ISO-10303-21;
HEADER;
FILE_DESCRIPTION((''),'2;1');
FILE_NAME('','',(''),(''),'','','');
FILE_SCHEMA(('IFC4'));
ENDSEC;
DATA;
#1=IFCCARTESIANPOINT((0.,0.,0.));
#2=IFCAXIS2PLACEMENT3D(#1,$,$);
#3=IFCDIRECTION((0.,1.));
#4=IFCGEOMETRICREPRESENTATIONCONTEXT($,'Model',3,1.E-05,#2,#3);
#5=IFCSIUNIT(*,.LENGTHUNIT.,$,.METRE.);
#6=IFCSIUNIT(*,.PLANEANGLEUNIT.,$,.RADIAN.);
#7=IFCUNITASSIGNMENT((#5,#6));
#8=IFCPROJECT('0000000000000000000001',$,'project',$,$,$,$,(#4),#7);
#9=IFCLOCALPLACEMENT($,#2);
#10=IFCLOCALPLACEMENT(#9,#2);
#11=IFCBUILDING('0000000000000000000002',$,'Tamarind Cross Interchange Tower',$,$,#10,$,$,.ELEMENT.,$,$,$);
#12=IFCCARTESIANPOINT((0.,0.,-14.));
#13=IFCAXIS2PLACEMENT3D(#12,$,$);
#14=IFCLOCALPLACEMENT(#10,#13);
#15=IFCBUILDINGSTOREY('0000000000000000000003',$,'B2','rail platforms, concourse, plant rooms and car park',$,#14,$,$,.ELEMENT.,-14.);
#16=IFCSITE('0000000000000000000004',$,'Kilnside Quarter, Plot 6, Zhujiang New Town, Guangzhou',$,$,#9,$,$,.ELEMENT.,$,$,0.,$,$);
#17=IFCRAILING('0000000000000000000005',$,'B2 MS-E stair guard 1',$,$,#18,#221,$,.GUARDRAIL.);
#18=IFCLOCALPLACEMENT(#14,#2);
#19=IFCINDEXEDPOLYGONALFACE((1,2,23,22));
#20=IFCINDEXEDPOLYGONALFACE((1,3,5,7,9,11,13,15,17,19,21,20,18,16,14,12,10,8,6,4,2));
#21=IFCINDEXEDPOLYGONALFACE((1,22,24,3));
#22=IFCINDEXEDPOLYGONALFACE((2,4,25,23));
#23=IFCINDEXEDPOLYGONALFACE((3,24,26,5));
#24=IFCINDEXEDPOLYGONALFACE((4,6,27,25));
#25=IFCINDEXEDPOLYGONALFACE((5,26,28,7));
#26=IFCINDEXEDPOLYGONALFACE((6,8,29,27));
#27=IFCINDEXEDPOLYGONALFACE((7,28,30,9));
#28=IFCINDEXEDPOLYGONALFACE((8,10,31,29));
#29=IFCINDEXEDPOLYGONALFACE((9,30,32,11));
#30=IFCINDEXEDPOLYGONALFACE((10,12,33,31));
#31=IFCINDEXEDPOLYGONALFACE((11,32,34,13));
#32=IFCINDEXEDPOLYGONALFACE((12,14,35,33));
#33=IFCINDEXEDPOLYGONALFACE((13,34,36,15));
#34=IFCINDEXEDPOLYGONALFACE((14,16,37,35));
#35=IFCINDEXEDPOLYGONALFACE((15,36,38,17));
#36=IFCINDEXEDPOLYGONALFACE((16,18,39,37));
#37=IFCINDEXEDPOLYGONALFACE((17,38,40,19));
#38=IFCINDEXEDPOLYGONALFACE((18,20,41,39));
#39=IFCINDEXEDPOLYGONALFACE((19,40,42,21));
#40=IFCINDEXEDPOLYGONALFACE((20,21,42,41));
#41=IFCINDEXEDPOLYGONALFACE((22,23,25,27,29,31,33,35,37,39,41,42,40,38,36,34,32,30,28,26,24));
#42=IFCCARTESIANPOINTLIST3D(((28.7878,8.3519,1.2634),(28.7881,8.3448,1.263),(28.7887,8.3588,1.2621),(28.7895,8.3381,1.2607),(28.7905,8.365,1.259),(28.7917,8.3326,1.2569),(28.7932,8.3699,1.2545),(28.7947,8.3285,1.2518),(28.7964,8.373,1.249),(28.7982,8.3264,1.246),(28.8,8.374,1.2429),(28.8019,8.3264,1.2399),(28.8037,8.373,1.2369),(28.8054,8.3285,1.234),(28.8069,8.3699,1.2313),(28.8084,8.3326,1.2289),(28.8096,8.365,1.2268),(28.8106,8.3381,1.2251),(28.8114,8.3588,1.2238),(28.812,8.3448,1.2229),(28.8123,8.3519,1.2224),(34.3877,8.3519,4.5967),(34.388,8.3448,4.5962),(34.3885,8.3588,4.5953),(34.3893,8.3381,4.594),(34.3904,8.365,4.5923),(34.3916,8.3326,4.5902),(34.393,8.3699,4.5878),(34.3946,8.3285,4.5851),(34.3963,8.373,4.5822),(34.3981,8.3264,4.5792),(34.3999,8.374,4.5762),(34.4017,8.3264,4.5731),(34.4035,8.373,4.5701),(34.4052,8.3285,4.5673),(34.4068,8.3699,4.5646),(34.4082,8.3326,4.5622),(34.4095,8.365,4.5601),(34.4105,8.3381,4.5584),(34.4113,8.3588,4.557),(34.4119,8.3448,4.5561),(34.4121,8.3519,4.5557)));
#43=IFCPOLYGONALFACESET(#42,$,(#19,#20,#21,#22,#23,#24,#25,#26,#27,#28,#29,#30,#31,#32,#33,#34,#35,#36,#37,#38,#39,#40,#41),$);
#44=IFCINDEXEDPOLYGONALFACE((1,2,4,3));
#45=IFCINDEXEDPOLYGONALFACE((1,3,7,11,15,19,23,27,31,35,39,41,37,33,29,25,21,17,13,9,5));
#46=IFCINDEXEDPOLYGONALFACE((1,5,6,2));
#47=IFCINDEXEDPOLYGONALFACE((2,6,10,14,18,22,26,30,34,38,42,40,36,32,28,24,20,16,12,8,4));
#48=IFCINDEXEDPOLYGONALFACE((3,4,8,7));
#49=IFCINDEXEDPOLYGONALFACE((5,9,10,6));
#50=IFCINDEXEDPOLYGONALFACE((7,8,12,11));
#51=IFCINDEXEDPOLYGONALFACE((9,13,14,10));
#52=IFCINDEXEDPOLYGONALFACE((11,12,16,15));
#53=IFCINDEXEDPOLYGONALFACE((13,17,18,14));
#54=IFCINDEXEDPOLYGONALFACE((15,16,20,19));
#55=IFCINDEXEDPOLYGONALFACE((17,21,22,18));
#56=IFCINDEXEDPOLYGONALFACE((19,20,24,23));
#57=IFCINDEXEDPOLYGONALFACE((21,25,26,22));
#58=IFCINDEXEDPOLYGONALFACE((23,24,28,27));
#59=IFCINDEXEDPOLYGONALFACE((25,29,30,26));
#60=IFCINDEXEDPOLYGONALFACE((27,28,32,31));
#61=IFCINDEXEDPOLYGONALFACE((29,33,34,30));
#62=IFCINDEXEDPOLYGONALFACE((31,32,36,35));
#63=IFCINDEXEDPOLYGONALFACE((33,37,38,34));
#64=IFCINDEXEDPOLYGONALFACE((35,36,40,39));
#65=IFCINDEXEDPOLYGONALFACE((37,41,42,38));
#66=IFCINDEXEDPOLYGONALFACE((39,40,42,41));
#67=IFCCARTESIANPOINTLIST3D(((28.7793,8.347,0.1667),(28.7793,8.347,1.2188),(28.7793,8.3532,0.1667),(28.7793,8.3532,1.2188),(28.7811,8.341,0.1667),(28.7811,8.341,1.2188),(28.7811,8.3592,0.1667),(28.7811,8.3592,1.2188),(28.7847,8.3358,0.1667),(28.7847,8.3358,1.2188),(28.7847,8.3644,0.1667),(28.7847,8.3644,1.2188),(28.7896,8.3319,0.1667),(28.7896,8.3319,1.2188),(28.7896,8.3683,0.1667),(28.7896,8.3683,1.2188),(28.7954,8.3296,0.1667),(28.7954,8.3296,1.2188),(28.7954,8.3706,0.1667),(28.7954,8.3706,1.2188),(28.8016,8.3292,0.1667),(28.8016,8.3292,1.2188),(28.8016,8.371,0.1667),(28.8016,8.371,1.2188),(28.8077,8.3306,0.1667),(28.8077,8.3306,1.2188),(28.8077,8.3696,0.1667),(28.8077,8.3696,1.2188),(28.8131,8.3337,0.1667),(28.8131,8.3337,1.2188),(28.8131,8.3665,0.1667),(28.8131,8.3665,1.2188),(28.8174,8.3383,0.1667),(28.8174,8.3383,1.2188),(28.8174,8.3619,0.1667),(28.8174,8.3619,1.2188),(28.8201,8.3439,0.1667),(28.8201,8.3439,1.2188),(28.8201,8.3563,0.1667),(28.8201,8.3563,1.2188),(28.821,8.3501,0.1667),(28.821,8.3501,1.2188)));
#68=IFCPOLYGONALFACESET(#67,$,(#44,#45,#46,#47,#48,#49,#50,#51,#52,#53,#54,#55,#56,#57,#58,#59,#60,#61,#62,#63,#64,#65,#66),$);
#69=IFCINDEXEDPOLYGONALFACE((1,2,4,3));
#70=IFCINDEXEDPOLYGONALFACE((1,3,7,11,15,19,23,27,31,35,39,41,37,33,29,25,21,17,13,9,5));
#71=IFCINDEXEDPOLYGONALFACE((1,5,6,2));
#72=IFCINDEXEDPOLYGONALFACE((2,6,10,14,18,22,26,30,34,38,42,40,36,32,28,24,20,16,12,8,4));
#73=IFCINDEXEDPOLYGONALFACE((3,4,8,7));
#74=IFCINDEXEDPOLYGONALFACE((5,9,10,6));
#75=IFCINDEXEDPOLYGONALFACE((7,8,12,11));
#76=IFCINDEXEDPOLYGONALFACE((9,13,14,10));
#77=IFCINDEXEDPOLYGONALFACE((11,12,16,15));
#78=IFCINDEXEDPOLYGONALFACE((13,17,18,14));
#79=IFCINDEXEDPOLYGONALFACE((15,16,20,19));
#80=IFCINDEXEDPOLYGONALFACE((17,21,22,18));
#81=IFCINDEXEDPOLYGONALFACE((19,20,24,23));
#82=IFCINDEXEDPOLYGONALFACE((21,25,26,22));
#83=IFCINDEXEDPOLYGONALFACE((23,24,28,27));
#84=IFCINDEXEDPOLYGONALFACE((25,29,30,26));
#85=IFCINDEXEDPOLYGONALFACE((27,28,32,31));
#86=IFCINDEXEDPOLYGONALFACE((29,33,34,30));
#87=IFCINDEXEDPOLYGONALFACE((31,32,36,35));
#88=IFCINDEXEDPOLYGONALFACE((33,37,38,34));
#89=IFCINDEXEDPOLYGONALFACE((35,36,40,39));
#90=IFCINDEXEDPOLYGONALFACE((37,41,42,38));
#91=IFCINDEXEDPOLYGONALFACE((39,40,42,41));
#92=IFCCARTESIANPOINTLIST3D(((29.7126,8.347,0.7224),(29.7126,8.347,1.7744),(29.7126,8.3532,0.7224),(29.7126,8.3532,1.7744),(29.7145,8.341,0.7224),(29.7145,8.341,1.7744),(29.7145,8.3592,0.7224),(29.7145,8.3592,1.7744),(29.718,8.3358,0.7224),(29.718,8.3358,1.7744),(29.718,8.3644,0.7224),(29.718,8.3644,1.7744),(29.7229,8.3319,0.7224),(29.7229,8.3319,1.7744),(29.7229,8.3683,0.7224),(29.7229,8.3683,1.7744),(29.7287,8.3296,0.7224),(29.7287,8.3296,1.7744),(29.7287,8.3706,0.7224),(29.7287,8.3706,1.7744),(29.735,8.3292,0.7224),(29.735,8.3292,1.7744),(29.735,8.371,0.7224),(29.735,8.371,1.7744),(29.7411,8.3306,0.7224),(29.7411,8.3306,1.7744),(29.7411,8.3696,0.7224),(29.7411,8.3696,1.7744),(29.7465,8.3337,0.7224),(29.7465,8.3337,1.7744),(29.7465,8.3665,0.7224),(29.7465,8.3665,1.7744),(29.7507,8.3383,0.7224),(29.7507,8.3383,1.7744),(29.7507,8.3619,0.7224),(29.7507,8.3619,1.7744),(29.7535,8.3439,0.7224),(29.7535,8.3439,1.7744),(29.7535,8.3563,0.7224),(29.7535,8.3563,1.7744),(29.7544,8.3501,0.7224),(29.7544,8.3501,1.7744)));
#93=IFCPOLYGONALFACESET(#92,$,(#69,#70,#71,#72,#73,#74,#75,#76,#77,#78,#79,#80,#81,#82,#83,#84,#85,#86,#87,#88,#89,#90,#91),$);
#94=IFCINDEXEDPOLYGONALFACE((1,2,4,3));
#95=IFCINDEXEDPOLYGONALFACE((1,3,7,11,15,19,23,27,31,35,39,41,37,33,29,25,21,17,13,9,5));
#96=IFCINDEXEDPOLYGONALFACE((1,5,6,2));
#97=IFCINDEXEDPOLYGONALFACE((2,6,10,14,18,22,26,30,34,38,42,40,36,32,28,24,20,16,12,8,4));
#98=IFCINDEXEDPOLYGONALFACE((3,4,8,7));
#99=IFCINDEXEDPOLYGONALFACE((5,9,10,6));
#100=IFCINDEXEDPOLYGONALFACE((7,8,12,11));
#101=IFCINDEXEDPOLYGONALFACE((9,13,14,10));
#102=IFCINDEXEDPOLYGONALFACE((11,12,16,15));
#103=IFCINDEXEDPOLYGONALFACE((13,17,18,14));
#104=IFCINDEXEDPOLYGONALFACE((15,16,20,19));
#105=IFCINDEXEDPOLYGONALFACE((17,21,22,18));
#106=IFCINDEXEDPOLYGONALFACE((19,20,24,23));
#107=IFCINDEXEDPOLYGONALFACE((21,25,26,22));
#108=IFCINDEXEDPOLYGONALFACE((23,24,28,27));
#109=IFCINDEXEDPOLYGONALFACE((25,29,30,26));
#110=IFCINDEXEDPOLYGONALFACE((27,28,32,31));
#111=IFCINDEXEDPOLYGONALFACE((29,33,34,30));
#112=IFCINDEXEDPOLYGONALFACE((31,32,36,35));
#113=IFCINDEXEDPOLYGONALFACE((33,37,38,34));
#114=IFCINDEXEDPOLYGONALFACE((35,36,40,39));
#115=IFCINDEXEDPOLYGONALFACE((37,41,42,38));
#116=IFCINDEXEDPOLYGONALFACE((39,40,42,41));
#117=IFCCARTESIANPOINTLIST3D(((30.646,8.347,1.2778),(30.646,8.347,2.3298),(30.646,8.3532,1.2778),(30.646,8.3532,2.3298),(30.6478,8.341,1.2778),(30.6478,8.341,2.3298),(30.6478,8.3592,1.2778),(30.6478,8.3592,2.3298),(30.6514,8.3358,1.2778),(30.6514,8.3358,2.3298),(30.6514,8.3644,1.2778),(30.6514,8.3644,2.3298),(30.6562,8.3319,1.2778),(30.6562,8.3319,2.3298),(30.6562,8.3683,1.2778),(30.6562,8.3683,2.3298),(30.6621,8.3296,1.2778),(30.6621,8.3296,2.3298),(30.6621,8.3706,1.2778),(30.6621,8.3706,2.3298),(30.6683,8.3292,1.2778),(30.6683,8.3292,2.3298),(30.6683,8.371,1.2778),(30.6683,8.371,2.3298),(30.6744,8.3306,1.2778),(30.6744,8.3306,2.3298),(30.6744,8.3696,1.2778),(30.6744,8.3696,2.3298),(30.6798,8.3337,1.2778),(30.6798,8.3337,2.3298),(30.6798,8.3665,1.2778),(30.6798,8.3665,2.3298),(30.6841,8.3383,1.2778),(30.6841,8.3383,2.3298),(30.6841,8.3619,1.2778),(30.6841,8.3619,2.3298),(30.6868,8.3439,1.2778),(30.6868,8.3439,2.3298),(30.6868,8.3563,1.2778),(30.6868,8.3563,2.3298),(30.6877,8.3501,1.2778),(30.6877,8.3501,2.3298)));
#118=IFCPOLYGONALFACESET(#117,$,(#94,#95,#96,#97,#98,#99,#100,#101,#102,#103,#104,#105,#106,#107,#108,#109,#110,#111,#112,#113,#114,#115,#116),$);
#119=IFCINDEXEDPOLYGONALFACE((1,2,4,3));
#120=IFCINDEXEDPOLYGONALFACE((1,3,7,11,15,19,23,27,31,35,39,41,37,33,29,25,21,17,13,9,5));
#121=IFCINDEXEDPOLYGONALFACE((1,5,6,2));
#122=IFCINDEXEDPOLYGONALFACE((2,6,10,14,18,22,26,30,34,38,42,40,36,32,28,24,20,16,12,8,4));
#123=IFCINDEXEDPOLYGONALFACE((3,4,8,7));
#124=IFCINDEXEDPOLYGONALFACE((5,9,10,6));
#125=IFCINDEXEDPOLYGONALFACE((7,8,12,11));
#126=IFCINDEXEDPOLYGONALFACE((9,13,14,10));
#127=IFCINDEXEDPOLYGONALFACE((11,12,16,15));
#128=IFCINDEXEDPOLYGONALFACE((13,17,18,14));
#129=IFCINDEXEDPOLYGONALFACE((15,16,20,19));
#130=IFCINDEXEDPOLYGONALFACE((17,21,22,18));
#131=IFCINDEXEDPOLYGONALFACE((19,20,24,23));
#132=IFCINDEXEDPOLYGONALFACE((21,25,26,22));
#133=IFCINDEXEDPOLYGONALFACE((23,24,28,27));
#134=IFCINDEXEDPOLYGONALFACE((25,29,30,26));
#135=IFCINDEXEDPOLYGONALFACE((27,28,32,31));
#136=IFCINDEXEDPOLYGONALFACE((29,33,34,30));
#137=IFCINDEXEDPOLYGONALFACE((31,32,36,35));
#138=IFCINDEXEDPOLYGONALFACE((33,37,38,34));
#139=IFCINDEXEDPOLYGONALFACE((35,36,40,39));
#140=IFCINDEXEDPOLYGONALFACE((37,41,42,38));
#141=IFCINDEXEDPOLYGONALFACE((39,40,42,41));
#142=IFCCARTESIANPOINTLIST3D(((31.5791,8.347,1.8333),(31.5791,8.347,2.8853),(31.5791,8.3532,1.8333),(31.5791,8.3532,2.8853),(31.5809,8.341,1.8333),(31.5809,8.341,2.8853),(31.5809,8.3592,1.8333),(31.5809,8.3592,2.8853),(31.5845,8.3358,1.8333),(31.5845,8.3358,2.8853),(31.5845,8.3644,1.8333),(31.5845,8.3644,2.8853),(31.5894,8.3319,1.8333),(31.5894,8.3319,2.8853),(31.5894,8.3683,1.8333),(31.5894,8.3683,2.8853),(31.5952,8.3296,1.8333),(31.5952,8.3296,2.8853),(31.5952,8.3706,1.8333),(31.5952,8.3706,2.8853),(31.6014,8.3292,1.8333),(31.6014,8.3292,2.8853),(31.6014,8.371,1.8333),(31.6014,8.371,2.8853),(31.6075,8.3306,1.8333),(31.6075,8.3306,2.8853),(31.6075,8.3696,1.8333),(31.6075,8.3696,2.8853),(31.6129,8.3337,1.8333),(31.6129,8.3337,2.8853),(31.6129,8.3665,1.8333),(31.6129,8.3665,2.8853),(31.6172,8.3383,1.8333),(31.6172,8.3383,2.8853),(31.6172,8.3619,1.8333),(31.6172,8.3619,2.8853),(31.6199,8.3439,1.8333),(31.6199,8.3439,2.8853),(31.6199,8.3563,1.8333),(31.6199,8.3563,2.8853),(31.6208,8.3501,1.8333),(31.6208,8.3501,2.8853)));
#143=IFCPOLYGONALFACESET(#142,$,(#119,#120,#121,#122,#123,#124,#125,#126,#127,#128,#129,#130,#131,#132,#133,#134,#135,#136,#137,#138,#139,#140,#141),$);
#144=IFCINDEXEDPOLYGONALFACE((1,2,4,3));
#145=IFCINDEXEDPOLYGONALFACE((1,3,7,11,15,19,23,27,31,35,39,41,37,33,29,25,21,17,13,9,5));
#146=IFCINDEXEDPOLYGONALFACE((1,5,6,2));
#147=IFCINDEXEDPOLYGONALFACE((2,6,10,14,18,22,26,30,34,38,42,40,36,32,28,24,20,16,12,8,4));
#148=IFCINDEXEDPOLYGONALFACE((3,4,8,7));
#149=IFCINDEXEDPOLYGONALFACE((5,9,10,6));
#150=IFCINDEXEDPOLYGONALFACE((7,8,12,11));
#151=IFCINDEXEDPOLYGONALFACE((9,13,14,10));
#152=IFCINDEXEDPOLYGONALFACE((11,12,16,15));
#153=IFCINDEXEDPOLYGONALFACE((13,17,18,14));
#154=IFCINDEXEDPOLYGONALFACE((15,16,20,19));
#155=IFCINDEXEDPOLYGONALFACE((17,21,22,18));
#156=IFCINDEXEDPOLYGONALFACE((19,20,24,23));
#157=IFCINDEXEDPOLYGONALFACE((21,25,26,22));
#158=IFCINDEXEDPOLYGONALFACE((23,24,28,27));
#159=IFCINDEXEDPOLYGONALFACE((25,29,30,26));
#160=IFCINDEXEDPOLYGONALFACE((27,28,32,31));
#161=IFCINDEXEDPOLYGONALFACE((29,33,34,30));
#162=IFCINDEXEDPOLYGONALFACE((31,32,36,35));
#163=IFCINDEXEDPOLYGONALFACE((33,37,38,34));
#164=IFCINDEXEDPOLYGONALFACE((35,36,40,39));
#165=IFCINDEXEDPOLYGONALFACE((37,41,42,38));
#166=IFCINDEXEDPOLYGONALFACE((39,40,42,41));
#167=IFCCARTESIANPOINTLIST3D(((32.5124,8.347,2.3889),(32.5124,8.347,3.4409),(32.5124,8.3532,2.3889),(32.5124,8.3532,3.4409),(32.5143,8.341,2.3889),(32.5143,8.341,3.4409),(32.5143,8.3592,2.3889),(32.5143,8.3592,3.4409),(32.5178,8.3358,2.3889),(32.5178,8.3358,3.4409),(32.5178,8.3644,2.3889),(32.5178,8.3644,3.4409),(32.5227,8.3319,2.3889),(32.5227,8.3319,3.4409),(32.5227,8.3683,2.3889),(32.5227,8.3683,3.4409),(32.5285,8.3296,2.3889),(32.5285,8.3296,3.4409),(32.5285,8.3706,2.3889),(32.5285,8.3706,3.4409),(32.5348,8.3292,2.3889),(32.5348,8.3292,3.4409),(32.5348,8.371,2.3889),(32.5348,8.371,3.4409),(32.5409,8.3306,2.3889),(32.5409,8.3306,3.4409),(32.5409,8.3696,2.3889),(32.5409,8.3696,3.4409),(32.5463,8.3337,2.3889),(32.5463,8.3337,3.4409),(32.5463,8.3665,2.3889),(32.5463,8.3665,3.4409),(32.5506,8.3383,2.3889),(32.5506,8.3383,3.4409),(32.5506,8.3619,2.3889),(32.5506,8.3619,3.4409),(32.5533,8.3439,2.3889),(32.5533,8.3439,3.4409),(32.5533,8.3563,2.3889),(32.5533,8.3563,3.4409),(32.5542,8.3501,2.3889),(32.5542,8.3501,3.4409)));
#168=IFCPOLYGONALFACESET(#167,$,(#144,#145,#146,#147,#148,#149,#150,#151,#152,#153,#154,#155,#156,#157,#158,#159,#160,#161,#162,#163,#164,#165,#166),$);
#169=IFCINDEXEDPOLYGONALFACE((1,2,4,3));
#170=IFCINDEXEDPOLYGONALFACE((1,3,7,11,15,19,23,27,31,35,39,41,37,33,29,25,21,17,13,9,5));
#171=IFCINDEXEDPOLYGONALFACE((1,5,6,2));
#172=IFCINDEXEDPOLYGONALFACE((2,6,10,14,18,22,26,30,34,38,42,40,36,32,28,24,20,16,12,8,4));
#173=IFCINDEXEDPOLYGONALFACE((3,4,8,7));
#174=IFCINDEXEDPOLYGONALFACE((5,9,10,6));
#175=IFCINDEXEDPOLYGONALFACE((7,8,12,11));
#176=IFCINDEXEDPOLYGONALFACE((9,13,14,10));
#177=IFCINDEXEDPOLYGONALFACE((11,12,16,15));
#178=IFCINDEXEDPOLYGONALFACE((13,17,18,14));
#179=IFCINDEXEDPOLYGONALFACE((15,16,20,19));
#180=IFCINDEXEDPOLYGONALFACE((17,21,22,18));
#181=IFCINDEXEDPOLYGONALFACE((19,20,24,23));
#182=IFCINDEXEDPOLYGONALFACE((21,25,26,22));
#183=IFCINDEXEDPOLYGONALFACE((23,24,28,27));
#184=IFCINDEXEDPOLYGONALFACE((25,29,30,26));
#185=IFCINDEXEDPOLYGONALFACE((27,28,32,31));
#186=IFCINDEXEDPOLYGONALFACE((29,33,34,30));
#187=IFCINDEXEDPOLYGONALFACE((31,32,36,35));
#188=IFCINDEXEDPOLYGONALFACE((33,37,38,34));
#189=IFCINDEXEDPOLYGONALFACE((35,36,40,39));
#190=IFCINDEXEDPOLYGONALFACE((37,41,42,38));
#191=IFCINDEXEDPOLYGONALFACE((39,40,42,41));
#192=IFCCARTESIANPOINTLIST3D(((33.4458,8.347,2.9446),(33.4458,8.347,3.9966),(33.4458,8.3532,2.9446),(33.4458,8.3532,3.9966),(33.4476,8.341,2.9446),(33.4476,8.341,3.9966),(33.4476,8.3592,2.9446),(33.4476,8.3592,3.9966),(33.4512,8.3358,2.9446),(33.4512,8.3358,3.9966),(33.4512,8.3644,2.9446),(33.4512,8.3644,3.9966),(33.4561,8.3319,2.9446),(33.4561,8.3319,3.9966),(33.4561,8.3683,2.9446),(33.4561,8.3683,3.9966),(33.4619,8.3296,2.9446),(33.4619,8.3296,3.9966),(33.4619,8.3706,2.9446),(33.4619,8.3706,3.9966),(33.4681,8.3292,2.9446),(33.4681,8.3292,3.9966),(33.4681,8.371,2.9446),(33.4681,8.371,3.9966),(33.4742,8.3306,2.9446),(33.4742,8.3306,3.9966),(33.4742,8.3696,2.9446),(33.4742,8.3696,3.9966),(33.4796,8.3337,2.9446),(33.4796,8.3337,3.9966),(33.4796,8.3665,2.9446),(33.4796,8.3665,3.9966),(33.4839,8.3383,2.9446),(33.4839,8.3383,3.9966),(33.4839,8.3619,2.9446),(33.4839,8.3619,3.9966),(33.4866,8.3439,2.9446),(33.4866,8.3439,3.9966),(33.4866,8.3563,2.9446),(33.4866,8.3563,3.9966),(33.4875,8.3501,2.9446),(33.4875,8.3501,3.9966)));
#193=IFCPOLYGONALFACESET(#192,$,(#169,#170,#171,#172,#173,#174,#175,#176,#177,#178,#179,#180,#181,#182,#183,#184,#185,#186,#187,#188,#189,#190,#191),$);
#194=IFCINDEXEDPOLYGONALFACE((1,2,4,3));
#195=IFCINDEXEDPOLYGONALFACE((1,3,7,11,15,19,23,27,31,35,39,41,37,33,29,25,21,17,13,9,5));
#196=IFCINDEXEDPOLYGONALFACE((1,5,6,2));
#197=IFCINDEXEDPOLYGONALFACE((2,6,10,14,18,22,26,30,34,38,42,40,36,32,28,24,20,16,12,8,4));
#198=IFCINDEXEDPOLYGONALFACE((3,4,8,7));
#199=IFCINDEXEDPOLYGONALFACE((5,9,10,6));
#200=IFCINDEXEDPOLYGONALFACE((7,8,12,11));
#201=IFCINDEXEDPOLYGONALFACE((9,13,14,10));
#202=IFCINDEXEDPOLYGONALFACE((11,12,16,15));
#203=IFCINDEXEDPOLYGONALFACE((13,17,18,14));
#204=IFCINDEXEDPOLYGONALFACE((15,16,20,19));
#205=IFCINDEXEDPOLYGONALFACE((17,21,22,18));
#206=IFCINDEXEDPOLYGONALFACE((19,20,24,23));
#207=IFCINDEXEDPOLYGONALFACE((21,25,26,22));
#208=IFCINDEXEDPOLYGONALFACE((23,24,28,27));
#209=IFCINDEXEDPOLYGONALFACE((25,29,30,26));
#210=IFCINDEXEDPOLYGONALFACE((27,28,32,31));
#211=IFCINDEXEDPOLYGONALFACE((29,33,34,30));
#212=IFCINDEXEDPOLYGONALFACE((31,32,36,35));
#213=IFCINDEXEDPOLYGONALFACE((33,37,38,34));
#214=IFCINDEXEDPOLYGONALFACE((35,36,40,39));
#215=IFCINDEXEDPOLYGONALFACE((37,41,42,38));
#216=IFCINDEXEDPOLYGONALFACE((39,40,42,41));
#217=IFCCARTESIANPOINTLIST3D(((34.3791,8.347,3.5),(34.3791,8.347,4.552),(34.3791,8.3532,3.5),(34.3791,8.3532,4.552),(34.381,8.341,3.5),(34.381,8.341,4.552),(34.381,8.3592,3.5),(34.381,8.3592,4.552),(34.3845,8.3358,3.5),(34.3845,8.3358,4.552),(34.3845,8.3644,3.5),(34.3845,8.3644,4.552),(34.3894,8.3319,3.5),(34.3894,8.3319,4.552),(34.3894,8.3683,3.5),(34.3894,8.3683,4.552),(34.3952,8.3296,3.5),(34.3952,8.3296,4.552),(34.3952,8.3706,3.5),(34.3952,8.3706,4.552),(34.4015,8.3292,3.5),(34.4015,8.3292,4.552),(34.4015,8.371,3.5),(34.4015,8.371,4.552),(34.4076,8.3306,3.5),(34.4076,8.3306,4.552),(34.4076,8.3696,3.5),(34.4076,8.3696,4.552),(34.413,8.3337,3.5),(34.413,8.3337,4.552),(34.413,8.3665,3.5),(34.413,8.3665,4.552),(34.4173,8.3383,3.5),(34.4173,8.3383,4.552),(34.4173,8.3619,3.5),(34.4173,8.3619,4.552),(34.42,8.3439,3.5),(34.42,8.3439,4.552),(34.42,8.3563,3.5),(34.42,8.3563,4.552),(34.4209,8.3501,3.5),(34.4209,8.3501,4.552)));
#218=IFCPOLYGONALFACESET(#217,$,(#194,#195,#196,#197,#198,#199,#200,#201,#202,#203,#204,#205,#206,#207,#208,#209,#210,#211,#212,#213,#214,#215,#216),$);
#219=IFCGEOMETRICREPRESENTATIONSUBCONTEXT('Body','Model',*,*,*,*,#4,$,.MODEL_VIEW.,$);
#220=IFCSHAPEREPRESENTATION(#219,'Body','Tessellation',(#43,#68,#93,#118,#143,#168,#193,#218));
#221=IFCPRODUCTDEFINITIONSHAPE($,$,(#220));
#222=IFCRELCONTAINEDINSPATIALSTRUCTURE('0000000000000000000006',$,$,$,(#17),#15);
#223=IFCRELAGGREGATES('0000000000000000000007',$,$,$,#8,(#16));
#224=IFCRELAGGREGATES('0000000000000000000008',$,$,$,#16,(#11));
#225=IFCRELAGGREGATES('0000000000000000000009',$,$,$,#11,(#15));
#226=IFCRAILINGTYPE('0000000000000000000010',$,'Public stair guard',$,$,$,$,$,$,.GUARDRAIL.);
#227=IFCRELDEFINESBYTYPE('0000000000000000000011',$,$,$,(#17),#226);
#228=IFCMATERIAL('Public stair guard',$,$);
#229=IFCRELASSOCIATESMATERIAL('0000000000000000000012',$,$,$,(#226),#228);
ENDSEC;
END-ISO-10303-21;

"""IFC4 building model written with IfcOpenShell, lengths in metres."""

from ifc_helpers import new_model, si_unit, direction, frame, origin, origin_2d, place, context, subcontext, project, spatial, circle, extrude, material, type_object, element, save


model = new_model("IFC4")

# Units and contexts
model_context = context("Model", 3, precision=1e-05, world=origin(), true_north=direction((0.0, 1.0)))
body_context = subcontext(model_context, "Body", "Model", "MODEL_VIEW")
ifc_project = project(units=[si_unit("LENGTHUNIT", "METRE"), si_unit("PLANEANGLEUNIT", "RADIAN")], contexts=[model_context])

# Site, building, storey
site_placement = place(None, origin())
site = spatial("IfcSite", under=ifc_project, at=site_placement, Name="Kilnside Quarter, Plot 6, Zhujiang New Town, Guangzhou", CompositionType="ELEMENT", RefElevation=0.0)
building_placement = place(site_placement, origin())
building = spatial("IfcBuilding", under=site, at=building_placement, Name="Tamarind Cross Interchange Tower", CompositionType="ELEMENT")
storey_placement = place(building_placement, frame((0.0, 0.0, -14.0)))
storey = spatial("IfcBuildingStorey", under=building, at=storey_placement, Name="B2", Description="rail platforms, concourse, plant rooms and car park", CompositionType="ELEMENT", Elevation=-14.0)

# Railing
ifc_material_1 = material(Name="Public stair guard")
railing_type_1 = type_object("IfcRailingType", Name="Public stair guard", PredefinedType="GUARDRAIL", material=ifc_material_1)
railing_1_placement = place(storey_placement, frame((28.8, 8.3501, 0.1667)))
element("IfcRailing", 1, at=railing_1_placement, inside=storey, type_object=railing_type_1, Name="B2 MS-E stair guard 1", PredefinedType="GUARDRAIL", context=body_context, shape_type="SweptSolid", body=[
    extrude(circle(Radius=0.0239, at=origin_2d()), frame((0.0, 0.0, 1.0762), z_axis=(0.859292, 0.0, 0.511485), x_axis=(0.0, 1.0, 0.0)), (0.0, 0.0, 1.0), 6.5168),
    extrude(circle(Radius=0.021, at=origin_2d()), origin(), (0.0, 0.0, 1.0), 1.052),
    extrude(circle(Radius=0.021, at=origin_2d()), frame((0.9333, 0.0, 0.5557)), (0.0, 0.0, 1.0), 1.052),
    extrude(circle(Radius=0.021, at=origin_2d()), frame((1.8667, 0.0, 1.1111)), (0.0, 0.0, 1.0), 1.052),
    extrude(circle(Radius=0.021, at=origin_2d()), frame((2.7998, 0.0, 1.6665)), (0.0, 0.0, 1.0), 1.052),
    extrude(circle(Radius=0.021, at=origin_2d()), frame((3.7332, 0.0, 2.2222)), (0.0, 0.0, 1.0), 1.052),
    extrude(circle(Radius=0.021, at=origin_2d()), frame((4.6665, 0.0, 2.7778)), (0.0, 0.0, 1.0), 1.052),
    extrude(circle(Radius=0.021, at=origin_2d()), frame((5.5999, 0.0, 3.3333)), (0.0, 0.0, 1.0), 1.052),
])

save(model, "model.ifc")
